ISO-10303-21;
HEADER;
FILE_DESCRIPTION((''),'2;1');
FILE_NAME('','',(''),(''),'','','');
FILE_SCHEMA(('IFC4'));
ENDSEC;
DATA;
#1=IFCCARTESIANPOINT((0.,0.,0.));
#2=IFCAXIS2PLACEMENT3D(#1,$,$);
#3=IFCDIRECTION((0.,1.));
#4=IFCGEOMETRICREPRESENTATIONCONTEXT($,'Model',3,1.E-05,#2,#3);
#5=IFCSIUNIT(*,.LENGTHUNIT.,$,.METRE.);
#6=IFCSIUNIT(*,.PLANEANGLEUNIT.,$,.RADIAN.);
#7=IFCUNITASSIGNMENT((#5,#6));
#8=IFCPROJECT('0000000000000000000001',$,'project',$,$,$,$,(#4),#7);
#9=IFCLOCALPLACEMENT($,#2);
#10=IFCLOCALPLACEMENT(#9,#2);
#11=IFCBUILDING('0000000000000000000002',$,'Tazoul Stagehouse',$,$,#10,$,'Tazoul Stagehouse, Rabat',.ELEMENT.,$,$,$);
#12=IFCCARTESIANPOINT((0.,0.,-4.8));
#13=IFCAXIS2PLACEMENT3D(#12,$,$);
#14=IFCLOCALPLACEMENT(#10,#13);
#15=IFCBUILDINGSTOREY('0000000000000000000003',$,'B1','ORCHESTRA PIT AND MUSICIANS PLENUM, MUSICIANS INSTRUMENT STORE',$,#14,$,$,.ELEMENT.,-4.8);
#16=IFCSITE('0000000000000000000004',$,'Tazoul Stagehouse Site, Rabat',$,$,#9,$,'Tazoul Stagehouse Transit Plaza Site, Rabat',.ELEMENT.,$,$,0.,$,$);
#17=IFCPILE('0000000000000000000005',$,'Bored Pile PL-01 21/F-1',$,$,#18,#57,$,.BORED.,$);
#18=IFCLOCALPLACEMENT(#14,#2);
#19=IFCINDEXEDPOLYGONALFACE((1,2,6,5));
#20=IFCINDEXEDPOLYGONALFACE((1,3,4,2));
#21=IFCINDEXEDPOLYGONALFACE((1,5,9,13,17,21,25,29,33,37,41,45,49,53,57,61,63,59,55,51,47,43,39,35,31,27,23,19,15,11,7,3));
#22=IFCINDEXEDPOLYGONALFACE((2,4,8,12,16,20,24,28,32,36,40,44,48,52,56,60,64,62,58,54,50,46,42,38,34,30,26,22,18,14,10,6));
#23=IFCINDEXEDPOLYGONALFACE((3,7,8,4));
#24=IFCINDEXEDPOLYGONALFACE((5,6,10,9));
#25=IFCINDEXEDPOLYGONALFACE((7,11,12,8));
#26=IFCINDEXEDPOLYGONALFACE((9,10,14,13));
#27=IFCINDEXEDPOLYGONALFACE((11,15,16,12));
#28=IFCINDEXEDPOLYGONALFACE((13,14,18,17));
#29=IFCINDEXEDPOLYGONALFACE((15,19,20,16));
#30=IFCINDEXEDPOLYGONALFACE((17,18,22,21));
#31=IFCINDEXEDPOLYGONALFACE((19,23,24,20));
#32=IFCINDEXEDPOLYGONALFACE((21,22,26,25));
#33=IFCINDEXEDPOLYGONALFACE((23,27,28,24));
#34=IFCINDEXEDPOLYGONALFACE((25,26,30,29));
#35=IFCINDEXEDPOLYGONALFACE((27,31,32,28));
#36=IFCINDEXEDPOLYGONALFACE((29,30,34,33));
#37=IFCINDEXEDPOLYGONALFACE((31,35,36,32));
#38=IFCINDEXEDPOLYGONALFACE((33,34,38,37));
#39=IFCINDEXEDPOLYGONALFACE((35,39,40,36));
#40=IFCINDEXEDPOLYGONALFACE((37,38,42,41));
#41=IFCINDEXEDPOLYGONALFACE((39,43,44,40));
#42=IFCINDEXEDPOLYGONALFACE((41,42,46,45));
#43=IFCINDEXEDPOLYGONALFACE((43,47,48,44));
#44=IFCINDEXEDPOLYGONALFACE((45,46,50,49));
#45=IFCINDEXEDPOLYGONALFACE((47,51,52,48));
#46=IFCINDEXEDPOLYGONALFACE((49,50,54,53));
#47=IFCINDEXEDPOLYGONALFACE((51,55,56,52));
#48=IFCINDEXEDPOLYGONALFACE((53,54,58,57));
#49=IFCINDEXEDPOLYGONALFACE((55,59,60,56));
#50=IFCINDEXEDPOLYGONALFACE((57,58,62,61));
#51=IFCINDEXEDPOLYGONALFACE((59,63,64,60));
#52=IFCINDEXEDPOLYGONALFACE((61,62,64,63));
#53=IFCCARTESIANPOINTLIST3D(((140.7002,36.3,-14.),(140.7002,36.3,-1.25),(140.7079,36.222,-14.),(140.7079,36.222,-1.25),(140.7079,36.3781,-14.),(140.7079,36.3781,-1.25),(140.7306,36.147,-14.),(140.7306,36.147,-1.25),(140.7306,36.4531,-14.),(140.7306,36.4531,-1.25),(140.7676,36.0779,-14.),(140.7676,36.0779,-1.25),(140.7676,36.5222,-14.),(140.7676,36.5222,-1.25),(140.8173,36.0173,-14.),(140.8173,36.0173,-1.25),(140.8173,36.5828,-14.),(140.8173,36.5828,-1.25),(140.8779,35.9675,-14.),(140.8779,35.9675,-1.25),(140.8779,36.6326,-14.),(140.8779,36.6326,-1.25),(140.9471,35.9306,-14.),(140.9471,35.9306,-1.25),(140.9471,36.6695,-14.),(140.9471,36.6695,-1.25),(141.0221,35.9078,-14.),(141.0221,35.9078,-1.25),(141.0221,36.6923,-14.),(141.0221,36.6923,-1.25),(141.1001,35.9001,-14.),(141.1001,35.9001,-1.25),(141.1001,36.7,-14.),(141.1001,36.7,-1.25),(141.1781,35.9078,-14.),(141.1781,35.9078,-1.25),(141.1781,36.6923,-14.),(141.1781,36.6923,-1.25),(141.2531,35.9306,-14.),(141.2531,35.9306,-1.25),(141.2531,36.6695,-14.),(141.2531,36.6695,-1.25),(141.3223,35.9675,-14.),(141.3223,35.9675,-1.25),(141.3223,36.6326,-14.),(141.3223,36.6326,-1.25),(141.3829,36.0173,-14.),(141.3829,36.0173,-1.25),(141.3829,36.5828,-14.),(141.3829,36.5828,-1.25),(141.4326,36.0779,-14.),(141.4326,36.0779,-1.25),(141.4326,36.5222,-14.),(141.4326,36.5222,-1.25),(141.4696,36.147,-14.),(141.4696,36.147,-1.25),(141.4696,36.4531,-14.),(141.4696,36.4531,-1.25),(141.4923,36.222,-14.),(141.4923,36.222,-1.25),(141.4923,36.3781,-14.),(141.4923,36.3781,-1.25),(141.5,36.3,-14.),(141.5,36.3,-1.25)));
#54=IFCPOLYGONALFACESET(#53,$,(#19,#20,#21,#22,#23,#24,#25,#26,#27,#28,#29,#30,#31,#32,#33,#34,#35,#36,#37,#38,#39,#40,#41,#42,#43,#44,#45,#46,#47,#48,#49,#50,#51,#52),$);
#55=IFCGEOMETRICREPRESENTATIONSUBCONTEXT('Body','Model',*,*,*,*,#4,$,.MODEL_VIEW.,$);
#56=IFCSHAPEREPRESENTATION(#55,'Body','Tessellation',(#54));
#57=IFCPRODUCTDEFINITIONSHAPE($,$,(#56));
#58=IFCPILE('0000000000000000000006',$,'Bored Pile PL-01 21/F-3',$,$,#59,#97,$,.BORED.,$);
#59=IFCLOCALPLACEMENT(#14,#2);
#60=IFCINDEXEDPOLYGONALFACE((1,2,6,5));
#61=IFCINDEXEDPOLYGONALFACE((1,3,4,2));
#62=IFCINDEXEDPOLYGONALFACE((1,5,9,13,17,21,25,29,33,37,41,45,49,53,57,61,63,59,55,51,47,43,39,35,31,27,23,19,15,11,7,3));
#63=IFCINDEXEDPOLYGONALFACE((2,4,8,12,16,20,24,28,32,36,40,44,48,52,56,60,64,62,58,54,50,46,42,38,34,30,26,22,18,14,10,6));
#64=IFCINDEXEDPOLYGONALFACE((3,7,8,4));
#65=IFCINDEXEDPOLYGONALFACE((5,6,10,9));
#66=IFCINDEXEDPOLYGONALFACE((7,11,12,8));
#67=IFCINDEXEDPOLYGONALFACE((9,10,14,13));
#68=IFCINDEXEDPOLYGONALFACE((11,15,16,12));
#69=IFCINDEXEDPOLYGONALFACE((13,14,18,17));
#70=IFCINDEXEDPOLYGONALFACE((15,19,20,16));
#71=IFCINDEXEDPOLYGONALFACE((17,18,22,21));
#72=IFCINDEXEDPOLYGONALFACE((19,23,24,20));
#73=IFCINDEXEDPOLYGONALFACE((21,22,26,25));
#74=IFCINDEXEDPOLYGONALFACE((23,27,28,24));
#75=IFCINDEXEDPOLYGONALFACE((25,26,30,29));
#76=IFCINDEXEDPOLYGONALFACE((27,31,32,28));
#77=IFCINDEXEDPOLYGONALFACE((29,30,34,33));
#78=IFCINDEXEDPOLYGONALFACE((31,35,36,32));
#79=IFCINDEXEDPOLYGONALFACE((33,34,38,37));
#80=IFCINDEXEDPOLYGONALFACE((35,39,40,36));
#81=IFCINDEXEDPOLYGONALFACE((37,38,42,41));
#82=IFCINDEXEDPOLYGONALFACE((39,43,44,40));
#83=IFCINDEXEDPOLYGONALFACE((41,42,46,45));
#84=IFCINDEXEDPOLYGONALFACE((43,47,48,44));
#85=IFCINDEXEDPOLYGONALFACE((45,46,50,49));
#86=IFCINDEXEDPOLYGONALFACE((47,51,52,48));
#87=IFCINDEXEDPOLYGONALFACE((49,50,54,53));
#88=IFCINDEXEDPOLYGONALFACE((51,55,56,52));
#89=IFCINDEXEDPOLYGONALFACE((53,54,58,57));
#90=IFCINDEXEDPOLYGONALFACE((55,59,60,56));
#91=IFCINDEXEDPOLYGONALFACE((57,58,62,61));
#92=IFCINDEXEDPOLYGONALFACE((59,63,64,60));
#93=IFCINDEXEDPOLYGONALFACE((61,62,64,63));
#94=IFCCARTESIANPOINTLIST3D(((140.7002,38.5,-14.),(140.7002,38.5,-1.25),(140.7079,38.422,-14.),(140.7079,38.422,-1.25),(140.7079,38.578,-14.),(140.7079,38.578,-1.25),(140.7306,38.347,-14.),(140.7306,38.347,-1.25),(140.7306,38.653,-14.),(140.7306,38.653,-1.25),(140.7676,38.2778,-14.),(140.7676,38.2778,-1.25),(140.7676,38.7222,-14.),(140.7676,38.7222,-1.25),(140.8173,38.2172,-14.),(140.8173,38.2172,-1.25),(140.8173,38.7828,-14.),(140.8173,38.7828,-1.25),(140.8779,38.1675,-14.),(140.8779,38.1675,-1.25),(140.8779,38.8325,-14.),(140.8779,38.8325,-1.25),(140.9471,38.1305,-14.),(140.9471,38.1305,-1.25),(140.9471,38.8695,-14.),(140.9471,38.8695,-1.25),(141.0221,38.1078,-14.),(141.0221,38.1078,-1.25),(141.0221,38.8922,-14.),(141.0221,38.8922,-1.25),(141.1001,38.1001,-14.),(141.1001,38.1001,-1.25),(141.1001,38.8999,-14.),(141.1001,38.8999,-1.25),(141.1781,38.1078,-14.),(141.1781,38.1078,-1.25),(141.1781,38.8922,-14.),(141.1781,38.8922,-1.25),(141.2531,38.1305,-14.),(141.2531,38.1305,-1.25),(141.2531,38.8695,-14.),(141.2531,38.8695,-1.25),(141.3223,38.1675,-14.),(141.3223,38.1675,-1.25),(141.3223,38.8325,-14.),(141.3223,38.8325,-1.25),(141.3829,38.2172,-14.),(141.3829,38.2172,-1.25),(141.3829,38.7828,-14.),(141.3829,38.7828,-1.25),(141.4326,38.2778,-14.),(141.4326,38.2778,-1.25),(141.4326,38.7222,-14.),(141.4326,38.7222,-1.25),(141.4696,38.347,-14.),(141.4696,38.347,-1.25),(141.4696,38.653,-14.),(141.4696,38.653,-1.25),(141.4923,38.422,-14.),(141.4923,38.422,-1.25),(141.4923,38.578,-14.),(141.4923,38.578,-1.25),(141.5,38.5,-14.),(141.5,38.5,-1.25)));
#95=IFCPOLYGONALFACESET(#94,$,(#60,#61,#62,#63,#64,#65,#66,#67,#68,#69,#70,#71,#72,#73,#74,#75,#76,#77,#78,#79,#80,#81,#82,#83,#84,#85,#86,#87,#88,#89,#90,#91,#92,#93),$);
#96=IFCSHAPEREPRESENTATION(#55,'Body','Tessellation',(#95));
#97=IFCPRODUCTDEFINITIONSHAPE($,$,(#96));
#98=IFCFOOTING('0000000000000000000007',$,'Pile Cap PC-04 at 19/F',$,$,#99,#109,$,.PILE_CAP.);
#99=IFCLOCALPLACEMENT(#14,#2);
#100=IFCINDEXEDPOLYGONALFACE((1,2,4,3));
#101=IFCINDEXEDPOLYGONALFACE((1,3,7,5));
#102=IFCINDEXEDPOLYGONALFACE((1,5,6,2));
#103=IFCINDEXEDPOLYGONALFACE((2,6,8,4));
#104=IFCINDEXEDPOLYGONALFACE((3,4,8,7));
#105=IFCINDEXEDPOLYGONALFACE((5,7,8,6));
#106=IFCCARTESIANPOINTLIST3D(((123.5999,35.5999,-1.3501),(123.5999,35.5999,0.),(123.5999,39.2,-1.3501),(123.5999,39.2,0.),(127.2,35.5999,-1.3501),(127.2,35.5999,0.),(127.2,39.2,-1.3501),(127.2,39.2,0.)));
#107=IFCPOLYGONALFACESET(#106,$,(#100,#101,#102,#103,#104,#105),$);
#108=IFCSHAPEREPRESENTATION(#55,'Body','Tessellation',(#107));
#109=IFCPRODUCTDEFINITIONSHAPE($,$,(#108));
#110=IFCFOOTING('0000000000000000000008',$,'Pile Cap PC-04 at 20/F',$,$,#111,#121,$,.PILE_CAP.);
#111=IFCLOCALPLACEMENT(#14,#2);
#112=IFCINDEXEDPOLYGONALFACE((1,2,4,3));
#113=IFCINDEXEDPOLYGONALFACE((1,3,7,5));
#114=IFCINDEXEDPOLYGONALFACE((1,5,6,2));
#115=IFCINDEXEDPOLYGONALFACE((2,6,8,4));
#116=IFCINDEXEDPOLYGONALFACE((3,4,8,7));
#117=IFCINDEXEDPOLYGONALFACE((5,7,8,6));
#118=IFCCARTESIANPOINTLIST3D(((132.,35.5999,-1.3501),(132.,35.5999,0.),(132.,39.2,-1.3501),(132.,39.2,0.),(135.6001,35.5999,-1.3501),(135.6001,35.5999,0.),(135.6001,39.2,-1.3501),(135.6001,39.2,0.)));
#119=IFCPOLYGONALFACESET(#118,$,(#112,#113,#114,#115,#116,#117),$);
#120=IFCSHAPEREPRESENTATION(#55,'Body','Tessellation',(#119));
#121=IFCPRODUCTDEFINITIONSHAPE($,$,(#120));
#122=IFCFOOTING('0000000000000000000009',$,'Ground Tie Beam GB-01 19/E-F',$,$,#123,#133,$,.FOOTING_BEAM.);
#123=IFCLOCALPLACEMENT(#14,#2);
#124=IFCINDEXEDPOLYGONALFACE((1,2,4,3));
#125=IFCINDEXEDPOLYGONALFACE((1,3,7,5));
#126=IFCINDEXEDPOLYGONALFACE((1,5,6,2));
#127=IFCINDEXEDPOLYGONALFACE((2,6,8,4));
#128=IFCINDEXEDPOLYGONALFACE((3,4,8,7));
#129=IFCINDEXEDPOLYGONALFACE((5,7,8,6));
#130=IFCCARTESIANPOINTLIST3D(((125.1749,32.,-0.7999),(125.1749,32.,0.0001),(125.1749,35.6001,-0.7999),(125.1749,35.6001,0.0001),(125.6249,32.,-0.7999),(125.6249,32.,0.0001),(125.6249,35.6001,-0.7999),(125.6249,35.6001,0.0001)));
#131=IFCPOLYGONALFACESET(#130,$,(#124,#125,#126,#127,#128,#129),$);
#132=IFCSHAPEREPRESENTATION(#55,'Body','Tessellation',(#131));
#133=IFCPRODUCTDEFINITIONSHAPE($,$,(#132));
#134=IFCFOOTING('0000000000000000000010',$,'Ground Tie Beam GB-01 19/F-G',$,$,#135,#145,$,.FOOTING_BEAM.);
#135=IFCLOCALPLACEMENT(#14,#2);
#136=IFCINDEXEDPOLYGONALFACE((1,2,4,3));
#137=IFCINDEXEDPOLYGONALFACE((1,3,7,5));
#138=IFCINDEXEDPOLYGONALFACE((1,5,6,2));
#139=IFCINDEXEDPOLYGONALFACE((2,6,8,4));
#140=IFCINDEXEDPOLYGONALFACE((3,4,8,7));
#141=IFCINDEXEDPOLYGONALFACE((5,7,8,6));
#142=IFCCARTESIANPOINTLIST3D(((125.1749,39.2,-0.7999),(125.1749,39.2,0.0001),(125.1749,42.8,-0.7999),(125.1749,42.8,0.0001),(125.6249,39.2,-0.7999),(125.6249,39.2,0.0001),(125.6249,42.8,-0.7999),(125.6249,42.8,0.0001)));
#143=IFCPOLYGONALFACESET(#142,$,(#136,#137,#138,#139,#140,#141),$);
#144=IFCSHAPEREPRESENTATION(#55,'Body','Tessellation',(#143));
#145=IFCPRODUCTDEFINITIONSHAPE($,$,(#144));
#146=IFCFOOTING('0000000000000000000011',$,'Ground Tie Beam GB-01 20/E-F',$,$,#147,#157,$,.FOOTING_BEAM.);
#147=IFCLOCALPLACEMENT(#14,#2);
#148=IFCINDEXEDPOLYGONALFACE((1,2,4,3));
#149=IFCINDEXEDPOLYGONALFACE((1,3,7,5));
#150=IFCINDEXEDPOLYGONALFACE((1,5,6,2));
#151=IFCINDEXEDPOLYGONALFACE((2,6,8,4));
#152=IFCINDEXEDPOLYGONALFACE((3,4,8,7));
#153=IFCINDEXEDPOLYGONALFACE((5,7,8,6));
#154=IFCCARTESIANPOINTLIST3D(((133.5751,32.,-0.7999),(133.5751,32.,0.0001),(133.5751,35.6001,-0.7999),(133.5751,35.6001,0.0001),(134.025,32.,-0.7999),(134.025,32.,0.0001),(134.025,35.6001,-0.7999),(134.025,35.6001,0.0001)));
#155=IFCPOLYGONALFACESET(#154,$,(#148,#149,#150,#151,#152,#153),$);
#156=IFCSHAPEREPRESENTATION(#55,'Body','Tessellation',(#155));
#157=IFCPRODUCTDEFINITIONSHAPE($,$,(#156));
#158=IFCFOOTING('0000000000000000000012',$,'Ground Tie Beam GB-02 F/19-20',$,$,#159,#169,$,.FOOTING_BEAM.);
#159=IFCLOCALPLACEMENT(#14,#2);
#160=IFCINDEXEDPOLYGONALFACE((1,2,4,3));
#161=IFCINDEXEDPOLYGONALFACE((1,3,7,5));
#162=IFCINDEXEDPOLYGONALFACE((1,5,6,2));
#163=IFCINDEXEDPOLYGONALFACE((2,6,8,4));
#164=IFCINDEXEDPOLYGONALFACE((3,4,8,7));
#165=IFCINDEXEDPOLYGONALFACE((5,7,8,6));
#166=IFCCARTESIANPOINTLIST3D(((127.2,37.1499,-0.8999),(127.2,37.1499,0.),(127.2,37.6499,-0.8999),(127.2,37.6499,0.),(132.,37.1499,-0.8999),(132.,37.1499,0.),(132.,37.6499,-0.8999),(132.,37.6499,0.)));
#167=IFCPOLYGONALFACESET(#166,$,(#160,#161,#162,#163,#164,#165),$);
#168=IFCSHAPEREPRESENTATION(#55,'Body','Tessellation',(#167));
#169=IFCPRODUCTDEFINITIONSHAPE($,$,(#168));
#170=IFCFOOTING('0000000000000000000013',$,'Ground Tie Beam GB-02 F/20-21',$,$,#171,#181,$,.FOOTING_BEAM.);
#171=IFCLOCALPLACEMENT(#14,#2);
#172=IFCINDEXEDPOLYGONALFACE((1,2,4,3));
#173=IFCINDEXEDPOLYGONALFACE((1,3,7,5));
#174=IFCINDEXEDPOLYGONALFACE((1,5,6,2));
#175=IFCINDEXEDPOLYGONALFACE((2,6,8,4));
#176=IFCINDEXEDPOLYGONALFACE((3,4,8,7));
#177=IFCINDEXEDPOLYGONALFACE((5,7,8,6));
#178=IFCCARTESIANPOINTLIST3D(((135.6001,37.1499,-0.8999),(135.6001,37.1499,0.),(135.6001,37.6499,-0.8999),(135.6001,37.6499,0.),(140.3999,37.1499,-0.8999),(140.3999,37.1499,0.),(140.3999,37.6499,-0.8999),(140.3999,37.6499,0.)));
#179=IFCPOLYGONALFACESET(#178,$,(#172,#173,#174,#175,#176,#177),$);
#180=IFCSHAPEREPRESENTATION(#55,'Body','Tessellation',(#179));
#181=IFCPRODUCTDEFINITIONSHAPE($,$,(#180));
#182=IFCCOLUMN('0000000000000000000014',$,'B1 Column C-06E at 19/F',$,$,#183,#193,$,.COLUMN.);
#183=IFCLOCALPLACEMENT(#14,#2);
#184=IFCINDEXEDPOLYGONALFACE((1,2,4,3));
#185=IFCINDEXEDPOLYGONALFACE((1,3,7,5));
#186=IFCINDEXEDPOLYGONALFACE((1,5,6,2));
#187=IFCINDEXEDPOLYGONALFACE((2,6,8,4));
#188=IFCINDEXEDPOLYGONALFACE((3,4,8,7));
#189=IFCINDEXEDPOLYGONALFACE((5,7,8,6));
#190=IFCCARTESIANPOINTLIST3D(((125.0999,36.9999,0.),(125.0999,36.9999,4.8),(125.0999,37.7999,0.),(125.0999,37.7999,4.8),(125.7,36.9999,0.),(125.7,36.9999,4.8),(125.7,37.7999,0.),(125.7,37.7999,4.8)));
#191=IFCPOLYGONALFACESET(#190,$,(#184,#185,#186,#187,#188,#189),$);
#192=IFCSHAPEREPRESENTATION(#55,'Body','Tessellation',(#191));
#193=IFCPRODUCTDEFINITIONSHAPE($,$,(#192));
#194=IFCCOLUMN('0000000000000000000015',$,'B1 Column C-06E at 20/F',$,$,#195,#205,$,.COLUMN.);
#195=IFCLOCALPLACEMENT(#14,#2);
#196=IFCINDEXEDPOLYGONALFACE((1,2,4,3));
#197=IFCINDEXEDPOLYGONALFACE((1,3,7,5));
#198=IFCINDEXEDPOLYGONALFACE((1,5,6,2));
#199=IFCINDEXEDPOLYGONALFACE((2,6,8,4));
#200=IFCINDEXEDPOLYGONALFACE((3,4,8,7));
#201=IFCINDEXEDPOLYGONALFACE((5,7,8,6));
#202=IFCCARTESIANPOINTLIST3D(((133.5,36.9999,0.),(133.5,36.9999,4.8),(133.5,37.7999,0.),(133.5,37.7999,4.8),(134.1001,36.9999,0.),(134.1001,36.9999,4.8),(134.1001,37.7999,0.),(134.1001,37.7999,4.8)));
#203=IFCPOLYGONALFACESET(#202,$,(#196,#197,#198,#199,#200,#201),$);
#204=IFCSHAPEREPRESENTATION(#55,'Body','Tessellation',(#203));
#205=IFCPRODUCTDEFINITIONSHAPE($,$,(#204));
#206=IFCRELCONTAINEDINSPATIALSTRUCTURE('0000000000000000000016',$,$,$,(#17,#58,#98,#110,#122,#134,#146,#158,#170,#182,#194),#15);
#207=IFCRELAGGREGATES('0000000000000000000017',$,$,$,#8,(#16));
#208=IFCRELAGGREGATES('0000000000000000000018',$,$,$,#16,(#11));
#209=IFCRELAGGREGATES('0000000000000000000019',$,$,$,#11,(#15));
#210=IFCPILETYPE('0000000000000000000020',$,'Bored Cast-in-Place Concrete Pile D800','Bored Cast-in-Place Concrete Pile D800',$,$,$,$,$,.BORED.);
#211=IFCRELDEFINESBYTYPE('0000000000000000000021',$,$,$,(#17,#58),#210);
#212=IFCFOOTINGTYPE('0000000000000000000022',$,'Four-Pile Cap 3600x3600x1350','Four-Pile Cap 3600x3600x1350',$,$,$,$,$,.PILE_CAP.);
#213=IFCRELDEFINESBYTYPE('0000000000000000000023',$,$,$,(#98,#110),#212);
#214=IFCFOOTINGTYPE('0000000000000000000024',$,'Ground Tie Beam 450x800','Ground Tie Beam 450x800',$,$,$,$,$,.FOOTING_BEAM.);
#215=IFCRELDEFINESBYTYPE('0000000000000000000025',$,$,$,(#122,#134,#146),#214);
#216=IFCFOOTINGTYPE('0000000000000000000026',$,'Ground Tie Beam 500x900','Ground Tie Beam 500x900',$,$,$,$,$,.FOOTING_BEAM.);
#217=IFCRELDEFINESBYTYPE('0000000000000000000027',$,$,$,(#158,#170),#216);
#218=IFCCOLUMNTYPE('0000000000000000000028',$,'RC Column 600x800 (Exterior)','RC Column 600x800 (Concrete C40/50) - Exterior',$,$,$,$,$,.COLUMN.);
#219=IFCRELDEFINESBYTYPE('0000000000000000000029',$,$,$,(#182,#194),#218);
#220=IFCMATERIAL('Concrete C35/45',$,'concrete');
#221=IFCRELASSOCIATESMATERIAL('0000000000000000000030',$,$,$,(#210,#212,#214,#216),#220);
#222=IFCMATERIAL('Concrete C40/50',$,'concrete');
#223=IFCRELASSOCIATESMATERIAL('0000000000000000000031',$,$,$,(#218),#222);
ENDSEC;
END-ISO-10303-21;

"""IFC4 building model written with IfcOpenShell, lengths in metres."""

from ifc_helpers import new_model, si_unit, direction, frame, origin, origin_2d, place, context, subcontext, project, spatial, rectangle, circle, extrude, material, material_profile, profile_set, type_object, element, save


model = new_model("IFC4")

# Units and contexts
model_context = context("Model", 3, precision=1e-05, world=origin(), true_north=direction((0.0, 1.0)))
body_context = subcontext(model_context, "Body", "Model", "MODEL_VIEW")
ifc_project = project(units=[si_unit("LENGTHUNIT", "METRE"), si_unit("PLANEANGLEUNIT", "RADIAN")], contexts=[model_context])

# Site, building, storey
site_placement = place(None, origin())
site = spatial("IfcSite", under=ifc_project, at=site_placement, Name="Tazoul Stagehouse Site, Rabat", LongName="Tazoul Stagehouse Transit Plaza Site, Rabat", CompositionType="ELEMENT", RefElevation=0.0)
building_placement = place(site_placement, origin())
building = spatial("IfcBuilding", under=site, at=building_placement, Name="Tazoul Stagehouse", LongName="Tazoul Stagehouse, Rabat", CompositionType="ELEMENT")
storey_placement = place(building_placement, frame((0.0, 0.0, -4.8)))
storey = spatial("IfcBuildingStorey", under=building, at=storey_placement, Name="B1", Description="ORCHESTRA PIT AND MUSICIANS PLENUM, MUSICIANS INSTRUMENT STORE", CompositionType="ELEMENT", Elevation=-4.8)

# Piles
ifc_material_1 = material(Name="Concrete C35/45", Category="concrete")
ifc_material_profile_1 = material_profile(ifc_material_1, circle(Radius=0.3999, at=origin_2d()), Name="BORED PILE 800")
ifc_profile_set_1 = profile_set([ifc_material_profile_1], Name="Concrete C35/45")
pile_type = type_object("IfcPileType", Name="Bored Cast-in-Place Concrete Pile D800", Description="Bored Cast-in-Place Concrete Pile D800", PredefinedType="BORED", material=ifc_profile_set_1)
for number, where, z_axis, x_axis, name in (
    (1, (141.1001, 36.3, -1.25), (0.0, 0.0, -1.0), (1.0, 0.0, 0.0), "Bored Pile PL-01 21/F-1"),
    (2, (141.1001, 38.5, -1.25), (0.0, 0.0, -1.0), (1.0, 0.0, 0.0), "Bored Pile PL-01 21/F-3"),
):
    element("IfcPile", number, at=place(storey_placement, frame(where, z_axis=z_axis, x_axis=x_axis)), inside=storey, type_object=pile_type, Name=name, PredefinedType="BORED", context=body_context, shape_type="SweptSolid", body=[
        extrude(circle(Radius=0.3999, at=origin_2d()), origin(), (0.0, 0.0, 1.0), 12.75),
    ])

# Footings
footing_type_1 = type_object("IfcFootingType", Name="Four-Pile Cap 3600x3600x1350", Description="Four-Pile Cap 3600x3600x1350", PredefinedType="PILE_CAP", material=ifc_material_1)
for number, where, z_axis, x_axis, name in (
    (3, (125.3999, 37.3999, -1.3501), (0.0, 0.0, 1.0), (1.0, 0.0, 0.0), "Pile Cap PC-04 at 19/F"),
    (4, (133.8, 37.3999, -1.3501), (0.0, 0.0, 1.0), (1.0, 0.0, 0.0), "Pile Cap PC-04 at 20/F"),
):
    element("IfcFooting", number, at=place(storey_placement, frame(where, z_axis=z_axis, x_axis=x_axis)), inside=storey, type_object=footing_type_1, Name=name, PredefinedType="PILE_CAP", context=body_context, shape_type="SweptSolid", body=[
        extrude(rectangle(XDim=3.6001, YDim=3.6001, at=origin_2d()), origin(), (0.0, 0.0, 1.0), 1.3501),
    ])
ifc_material_profile_2 = material_profile(ifc_material_1, rectangle(XDim=0.45, YDim=0.8, at=origin_2d()), Name="RC 450x800")
ifc_profile_set_2 = profile_set([ifc_material_profile_2], Name="Concrete C35/45")
footing_type_2 = type_object("IfcFootingType", Name="Ground Tie Beam 450x800", Description="Ground Tie Beam 450x800", PredefinedType="FOOTING_BEAM", material=ifc_profile_set_2)
for number, where, z_axis, x_axis, name in (
    (5, (125.3999, 32.0, -0.3999), (0.0, 1.0, 0.0), (-1.0, 0.0, 0.0), "Ground Tie Beam GB-01 19/E-F"),
    (6, (125.3999, 39.2, -0.3999), (0.0, 1.0, 0.0), (-1.0, 0.0, 0.0), "Ground Tie Beam GB-01 19/F-G"),
    (7, (133.8, 32.0, -0.3999), (0.0, 1.0, 0.0), (-1.0, 0.0, 0.0), "Ground Tie Beam GB-01 20/E-F"),
):
    element("IfcFooting", number, at=place(storey_placement, frame(where, z_axis=z_axis, x_axis=x_axis)), inside=storey, type_object=footing_type_2, Name=name, PredefinedType="FOOTING_BEAM", context=body_context, shape_type="SweptSolid", body=[
        extrude(rectangle(XDim=0.45, YDim=0.8, at=origin_2d()), origin(), (0.0, 0.0, 1.0), 3.6001),
    ])
ifc_material_profile_3 = material_profile(ifc_material_1, rectangle(XDim=0.5, YDim=0.8999, at=origin_2d()), Name="RC 500x900")
ifc_profile_set_3 = profile_set([ifc_material_profile_3], Name="Concrete C35/45")
footing_type_3 = type_object("IfcFootingType", Name="Ground Tie Beam 500x900", Description="Ground Tie Beam 500x900", PredefinedType="FOOTING_BEAM", material=ifc_profile_set_3)
footing_1_placement = place(storey_placement, frame((127.2, 37.3999, -0.45), z_axis=(1.0, 0.0, 0.0), x_axis=(0.0, 1.0, 0.0)))
element("IfcFooting", 8, at=footing_1_placement, inside=storey, type_object=footing_type_3, Name="Ground Tie Beam GB-02 F/19-20", PredefinedType="FOOTING_BEAM", context=body_context, shape_type="SweptSolid", body=[
    extrude(rectangle(XDim=0.5, YDim=0.8999, at=origin_2d()), origin(), (0.0, 0.0, 1.0), 4.8),
])
footing_2_placement = place(storey_placement, frame((135.6001, 37.3999, -0.45), z_axis=(1.0, 0.0, 0.0), x_axis=(0.0, 1.0, 0.0)))
element("IfcFooting", 9, at=footing_2_placement, inside=storey, type_object=footing_type_3, Name="Ground Tie Beam GB-02 F/20-21", PredefinedType="FOOTING_BEAM", context=body_context, shape_type="SweptSolid", body=[
    extrude(rectangle(XDim=0.5, YDim=0.8999, at=origin_2d()), origin(), (0.0, 0.0, 1.0), 4.7998),
])

# Columns
ifc_material_2 = material(Name="Concrete C40/50", Category="concrete")
ifc_material_profile_4 = material_profile(ifc_material_2, rectangle(XDim=0.6001, YDim=0.8, at=origin_2d()), Name="RC 600x800")
ifc_profile_set_4 = profile_set([ifc_material_profile_4], Name="Concrete C40/50")
column_type = type_object("IfcColumnType", Name="RC Column 600x800 (Exterior)", Description="RC Column 600x800 (Concrete C40/50) - Exterior", PredefinedType="COLUMN", material=ifc_profile_set_4)
for number, where, z_axis, x_axis, name in (
    (10, (125.3999, 37.3999, 0.0), (0.0, 0.0, 1.0), (1.0, 0.0, 0.0), "B1 Column C-06E at 19/F"),
    (11, (133.8, 37.3999, 0.0), (0.0, 0.0, 1.0), (1.0, 0.0, 0.0), "B1 Column C-06E at 20/F"),
):
    element("IfcColumn", number, at=place(storey_placement, frame(where, z_axis=z_axis, x_axis=x_axis)), inside=storey, type_object=column_type, Name=name, PredefinedType="COLUMN", context=body_context, shape_type="SweptSolid", body=[
        extrude(rectangle(XDim=0.6001, YDim=0.8, at=origin_2d()), origin(), (0.0, 0.0, 1.0), 4.8),
    ])

save(model, "model.ifc")
